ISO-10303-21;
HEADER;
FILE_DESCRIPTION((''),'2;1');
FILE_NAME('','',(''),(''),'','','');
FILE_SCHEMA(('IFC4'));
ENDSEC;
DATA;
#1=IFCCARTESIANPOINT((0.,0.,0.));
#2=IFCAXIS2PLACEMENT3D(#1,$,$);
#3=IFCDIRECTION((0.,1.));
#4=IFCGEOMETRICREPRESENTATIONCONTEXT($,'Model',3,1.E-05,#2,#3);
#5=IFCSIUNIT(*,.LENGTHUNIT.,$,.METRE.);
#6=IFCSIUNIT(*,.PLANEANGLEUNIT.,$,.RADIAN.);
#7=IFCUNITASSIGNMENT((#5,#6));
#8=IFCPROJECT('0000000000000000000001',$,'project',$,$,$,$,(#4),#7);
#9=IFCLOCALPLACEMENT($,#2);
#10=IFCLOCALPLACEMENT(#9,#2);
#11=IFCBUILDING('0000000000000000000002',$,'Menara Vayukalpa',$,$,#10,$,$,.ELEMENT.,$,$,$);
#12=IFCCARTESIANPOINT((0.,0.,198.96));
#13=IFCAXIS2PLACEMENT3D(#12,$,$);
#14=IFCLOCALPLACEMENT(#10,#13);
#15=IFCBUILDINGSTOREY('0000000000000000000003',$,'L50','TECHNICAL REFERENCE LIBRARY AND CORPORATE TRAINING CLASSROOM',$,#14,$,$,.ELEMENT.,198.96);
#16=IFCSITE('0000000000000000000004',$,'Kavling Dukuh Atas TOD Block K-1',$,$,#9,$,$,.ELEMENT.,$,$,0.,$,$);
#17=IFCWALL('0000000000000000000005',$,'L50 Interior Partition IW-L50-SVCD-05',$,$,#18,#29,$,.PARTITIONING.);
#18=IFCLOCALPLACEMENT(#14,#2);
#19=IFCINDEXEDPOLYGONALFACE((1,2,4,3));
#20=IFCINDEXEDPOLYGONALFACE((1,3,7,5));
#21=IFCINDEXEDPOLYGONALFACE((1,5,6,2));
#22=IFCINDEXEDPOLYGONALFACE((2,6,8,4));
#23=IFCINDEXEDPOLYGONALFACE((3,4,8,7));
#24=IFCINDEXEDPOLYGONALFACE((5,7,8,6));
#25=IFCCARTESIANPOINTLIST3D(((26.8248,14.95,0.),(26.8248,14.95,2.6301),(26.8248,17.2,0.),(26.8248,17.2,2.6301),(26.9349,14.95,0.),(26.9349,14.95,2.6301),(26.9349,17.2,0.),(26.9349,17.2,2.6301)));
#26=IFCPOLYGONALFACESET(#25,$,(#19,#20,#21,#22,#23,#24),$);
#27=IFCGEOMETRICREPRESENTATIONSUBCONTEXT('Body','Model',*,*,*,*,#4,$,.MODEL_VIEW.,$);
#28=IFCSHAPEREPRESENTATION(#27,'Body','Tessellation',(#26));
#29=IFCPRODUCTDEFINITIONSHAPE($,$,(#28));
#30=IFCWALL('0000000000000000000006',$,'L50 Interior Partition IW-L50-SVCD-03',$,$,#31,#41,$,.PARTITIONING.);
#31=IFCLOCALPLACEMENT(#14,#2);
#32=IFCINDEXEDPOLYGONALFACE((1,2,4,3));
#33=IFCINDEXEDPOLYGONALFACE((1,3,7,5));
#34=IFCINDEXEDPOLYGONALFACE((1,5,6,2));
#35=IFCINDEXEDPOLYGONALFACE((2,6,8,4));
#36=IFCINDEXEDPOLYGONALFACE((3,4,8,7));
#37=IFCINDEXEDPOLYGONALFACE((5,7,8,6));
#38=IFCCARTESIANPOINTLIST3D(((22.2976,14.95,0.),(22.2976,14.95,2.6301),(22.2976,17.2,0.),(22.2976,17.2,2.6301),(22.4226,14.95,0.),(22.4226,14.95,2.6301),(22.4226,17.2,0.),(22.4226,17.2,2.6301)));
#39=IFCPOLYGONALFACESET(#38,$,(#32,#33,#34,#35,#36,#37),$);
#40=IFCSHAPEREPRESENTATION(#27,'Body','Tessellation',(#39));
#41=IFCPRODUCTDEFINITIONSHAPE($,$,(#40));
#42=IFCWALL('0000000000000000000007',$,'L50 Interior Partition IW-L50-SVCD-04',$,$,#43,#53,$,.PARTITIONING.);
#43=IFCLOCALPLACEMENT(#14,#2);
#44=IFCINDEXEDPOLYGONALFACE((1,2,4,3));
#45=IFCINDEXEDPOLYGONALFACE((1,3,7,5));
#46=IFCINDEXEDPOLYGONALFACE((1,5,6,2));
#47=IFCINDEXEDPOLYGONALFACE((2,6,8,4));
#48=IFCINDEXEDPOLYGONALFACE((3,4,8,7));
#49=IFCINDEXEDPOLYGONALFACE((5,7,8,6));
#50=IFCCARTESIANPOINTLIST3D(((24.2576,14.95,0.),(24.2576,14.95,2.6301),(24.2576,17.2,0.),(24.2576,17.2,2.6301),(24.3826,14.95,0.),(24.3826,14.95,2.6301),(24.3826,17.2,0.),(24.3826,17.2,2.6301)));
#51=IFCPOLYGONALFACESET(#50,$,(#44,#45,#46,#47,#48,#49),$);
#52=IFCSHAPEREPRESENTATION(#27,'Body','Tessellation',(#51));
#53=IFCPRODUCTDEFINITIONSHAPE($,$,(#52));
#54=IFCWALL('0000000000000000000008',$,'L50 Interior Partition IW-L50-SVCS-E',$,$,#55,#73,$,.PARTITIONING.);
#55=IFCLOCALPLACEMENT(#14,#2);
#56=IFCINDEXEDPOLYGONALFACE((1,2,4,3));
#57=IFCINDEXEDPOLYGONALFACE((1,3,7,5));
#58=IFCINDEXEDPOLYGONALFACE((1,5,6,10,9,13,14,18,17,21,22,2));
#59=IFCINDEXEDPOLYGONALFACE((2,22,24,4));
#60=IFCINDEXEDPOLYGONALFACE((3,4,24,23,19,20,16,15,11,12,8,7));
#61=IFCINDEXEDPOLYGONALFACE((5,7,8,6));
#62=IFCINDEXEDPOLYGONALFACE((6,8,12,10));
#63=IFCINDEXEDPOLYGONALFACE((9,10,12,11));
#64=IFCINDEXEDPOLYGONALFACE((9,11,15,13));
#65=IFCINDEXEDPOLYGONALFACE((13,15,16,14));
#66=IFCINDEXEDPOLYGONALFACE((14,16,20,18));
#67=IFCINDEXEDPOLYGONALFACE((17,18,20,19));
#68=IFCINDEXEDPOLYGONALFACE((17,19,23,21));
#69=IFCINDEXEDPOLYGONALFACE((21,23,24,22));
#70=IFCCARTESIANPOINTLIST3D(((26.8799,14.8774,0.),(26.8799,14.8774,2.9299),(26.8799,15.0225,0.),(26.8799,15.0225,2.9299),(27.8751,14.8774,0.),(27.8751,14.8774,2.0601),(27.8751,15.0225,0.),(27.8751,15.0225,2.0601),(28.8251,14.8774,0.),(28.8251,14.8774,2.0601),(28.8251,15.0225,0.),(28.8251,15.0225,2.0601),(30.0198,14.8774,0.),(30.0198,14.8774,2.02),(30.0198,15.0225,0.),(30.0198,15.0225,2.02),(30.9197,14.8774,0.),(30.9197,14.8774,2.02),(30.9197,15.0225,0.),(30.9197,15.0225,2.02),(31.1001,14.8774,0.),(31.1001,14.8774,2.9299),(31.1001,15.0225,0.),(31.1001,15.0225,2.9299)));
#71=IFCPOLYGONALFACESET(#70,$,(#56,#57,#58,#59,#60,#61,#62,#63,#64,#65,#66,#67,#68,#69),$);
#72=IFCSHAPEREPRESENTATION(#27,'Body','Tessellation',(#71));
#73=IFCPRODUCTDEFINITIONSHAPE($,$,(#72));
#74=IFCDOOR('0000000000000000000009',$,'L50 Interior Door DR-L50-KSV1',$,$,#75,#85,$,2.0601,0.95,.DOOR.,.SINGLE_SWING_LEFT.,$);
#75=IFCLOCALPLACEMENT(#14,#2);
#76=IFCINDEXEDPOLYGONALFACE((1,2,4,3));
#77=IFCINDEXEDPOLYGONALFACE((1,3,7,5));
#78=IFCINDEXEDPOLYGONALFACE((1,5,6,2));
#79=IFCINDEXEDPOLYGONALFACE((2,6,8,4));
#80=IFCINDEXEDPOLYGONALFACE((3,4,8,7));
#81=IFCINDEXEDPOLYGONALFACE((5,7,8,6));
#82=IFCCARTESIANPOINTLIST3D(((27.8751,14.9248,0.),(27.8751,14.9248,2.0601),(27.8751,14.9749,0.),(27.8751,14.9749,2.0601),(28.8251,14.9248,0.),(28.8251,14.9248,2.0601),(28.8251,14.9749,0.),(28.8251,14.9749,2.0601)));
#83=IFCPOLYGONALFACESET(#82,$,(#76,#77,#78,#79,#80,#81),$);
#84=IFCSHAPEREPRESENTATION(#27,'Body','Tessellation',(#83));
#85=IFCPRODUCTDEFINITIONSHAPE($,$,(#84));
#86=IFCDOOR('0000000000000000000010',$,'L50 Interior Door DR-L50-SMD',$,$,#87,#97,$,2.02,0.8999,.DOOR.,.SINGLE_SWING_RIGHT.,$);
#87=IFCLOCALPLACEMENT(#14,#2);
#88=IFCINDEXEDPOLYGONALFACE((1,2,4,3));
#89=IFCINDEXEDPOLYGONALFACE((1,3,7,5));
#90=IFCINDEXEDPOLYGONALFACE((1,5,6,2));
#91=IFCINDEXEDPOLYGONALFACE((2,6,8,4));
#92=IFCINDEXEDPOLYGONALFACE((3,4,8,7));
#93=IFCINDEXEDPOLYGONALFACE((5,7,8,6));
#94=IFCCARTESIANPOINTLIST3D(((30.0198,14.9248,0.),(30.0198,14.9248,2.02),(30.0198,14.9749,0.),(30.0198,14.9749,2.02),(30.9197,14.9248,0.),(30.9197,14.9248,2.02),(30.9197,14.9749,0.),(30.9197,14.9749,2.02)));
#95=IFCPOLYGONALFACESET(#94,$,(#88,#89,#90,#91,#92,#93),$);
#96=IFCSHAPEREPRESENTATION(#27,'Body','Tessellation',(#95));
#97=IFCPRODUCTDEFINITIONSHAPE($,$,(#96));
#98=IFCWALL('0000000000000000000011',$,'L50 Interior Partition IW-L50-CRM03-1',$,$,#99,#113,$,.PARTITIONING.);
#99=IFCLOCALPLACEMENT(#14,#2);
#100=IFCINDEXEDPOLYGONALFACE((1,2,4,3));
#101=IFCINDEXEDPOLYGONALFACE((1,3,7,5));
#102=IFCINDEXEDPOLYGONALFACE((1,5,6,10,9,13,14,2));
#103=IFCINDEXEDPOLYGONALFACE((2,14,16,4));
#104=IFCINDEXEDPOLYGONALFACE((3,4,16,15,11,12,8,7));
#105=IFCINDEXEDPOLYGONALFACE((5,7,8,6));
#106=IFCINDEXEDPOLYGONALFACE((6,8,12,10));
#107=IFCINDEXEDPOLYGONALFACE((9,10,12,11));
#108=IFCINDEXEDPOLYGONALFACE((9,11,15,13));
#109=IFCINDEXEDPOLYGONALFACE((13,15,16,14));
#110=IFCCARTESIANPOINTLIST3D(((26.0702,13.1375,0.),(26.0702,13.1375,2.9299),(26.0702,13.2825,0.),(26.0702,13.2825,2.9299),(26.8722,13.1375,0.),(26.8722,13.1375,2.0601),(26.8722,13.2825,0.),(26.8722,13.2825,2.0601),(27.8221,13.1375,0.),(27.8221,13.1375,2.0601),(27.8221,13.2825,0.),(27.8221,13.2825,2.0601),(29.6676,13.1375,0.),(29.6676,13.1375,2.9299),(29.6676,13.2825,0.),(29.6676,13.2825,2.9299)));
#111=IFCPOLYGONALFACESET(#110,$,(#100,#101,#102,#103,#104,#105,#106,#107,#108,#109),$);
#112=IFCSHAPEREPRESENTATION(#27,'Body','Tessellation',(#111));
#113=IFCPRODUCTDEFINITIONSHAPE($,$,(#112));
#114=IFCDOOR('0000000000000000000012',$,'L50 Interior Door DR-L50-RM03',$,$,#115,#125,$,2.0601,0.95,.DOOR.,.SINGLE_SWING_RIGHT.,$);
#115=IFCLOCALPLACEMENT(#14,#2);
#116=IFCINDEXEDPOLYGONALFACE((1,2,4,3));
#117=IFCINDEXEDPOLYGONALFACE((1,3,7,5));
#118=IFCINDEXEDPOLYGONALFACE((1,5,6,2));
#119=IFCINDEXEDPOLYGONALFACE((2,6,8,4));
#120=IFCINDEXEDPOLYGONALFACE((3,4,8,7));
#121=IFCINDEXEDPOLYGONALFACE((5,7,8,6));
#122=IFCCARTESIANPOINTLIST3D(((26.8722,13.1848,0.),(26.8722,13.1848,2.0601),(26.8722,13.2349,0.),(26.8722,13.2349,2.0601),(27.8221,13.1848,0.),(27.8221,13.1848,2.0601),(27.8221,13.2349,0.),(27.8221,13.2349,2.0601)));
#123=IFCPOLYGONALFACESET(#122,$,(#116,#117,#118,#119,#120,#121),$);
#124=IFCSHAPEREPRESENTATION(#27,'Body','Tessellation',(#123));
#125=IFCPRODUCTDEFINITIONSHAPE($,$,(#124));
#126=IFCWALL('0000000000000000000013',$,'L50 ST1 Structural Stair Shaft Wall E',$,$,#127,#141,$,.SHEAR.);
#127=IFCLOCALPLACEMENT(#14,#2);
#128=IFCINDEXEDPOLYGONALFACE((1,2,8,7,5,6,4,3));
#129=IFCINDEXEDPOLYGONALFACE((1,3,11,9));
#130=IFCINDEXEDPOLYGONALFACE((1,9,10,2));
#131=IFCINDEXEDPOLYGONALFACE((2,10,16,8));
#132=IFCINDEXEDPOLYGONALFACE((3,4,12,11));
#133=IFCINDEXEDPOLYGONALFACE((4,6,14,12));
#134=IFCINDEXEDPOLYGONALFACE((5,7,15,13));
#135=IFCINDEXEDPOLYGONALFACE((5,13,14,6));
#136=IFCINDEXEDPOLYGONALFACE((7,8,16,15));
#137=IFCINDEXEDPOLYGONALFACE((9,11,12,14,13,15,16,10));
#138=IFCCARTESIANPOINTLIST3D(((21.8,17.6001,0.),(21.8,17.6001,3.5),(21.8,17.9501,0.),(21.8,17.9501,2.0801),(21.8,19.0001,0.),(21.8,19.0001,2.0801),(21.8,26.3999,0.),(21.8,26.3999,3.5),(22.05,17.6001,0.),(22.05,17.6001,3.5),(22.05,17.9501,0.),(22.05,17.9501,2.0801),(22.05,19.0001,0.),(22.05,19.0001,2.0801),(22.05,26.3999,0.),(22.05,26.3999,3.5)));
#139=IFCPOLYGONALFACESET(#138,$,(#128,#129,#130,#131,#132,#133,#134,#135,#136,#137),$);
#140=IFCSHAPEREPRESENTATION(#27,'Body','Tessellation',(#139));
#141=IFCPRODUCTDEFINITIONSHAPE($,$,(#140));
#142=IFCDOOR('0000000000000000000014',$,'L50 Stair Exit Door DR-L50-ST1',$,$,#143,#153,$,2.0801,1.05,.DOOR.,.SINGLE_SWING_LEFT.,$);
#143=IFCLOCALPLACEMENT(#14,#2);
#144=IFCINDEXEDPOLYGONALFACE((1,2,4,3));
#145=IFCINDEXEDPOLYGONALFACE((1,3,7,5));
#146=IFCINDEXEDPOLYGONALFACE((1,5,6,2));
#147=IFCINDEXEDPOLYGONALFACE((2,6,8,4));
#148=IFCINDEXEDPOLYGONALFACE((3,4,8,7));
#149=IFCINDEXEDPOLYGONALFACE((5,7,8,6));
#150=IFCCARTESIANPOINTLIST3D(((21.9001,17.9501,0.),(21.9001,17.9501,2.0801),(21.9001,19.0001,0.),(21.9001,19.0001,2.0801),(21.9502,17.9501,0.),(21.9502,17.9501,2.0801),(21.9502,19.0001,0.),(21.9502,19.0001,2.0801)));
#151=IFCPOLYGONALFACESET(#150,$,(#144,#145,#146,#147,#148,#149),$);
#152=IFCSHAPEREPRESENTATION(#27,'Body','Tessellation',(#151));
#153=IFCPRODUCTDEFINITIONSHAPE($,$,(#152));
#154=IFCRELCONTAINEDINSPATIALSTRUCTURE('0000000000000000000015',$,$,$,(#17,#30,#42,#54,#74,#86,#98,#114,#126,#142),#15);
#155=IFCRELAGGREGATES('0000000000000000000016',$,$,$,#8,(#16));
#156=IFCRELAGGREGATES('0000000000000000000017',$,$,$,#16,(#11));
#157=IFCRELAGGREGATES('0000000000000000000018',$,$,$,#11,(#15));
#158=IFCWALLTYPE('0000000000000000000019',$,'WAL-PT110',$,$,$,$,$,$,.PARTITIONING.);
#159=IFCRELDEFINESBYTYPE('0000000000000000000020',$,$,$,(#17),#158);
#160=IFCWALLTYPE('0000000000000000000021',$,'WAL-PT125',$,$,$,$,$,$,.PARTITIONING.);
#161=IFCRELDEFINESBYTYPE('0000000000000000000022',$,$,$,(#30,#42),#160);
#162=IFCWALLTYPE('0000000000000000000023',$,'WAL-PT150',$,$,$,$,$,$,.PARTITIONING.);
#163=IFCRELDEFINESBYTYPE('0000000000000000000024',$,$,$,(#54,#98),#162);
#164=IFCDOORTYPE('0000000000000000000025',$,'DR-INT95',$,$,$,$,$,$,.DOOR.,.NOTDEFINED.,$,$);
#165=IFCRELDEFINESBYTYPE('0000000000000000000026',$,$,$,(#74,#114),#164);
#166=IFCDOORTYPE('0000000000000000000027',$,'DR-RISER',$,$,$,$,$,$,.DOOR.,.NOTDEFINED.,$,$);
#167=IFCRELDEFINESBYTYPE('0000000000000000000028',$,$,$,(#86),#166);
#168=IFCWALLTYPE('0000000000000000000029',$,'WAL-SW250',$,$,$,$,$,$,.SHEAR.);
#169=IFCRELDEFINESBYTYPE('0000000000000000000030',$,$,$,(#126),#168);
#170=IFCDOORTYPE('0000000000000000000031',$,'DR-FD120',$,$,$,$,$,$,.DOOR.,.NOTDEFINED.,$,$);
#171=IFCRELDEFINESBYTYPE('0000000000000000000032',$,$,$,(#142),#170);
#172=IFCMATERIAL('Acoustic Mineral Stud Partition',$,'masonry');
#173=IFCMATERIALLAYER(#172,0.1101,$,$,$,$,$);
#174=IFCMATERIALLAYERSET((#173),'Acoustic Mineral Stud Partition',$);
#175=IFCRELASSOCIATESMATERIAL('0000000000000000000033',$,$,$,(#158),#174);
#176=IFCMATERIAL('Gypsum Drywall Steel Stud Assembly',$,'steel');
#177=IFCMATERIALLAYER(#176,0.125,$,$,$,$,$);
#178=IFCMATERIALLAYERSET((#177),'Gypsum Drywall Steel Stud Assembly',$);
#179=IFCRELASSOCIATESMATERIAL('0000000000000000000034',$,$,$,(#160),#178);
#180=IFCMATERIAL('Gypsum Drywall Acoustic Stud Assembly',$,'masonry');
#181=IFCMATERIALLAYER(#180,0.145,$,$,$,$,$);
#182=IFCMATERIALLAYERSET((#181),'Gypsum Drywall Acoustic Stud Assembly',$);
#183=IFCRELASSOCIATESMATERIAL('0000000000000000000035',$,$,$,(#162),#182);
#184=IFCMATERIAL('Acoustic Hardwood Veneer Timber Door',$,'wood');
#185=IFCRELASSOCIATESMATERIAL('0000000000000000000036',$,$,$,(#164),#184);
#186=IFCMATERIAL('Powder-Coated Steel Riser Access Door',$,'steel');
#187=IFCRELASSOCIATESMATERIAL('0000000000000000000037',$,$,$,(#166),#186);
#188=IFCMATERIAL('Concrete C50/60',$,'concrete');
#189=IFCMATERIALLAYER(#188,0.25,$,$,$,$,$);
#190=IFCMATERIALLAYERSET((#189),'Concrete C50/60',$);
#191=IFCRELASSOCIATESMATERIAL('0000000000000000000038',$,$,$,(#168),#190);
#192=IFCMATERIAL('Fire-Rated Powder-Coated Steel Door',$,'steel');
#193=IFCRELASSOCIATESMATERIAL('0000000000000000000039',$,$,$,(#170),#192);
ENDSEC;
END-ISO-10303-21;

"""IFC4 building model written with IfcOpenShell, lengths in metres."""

from ifc_helpers import new_model, si_unit, direction, frame, frame_2d, origin, place, context, subcontext, project, spatial, rectangle, extrude, material, layer, layer_set, type_object, element, fill, save


model = new_model("IFC4")

# Units and contexts
model_context = context("Model", 3, precision=1e-05, world=origin(), true_north=direction((0.0, 1.0)))
body_context = subcontext(model_context, "Body", "Model", "MODEL_VIEW")
ifc_project = project(units=[si_unit("LENGTHUNIT", "METRE"), si_unit("PLANEANGLEUNIT", "RADIAN")], contexts=[model_context])

# Site, building, storey
site_placement = place(None, origin())
site = spatial("IfcSite", under=ifc_project, at=site_placement, Name="Kavling Dukuh Atas TOD Block K-1", CompositionType="ELEMENT", RefElevation=0.0)
building_placement = place(site_placement, origin())
building = spatial("IfcBuilding", under=site, at=building_placement, Name="Menara Vayukalpa", CompositionType="ELEMENT")
storey_placement = place(building_placement, frame((0.0, 0.0, 198.96)))
storey = spatial("IfcBuildingStorey", under=building, at=storey_placement, Name="L50", Description="TECHNICAL REFERENCE LIBRARY AND CORPORATE TRAINING CLASSROOM", CompositionType="ELEMENT", Elevation=198.96)

# Walls
ifc_material_1 = material(Name="Acoustic Mineral Stud Partition", Category="masonry")
ifc_layer_1 = layer(ifc_material_1, 0.1101)
ifc_layer_set_1 = layer_set([ifc_layer_1], Name="Acoustic Mineral Stud Partition")
wall_type_1 = type_object("IfcWallType", Name="WAL-PT110", PredefinedType="PARTITIONING", material=ifc_layer_set_1)
wall_1_placement = place(storey_placement, frame((26.8799, 14.95, 0.0), z_axis=(0.0, 0.0, 1.0), x_axis=(0.0, 1.0, 0.0)))
element("IfcWall", 1, at=wall_1_placement, inside=storey, type_object=wall_type_1, Name="L50 Interior Partition IW-L50-SVCD-05", PredefinedType="PARTITIONING", context=body_context, shape_type="SweptSolid", body=[
    extrude(rectangle(XDim=2.25, YDim=0.1101, at=frame_2d((1.125, 0.0))), origin(), (0.0, 0.0, 1.0), 2.6301),
])
ifc_material_2 = material(Name="Gypsum Drywall Steel Stud Assembly", Category="steel")
ifc_layer_2 = layer(ifc_material_2, 0.125)
ifc_layer_set_2 = layer_set([ifc_layer_2], Name="Gypsum Drywall Steel Stud Assembly")
wall_type_2 = type_object("IfcWallType", Name="WAL-PT125", PredefinedType="PARTITIONING", material=ifc_layer_set_2)
for number, where, z_axis, x_axis, name in (
    (2, (22.3601, 14.95, 0.0), (0.0, 0.0, 1.0), (0.0, 1.0, 0.0), "L50 Interior Partition IW-L50-SVCD-03"),
    (3, (24.3201, 14.95, 0.0), (0.0, 0.0, 1.0), (0.0, 1.0, 0.0), "L50 Interior Partition IW-L50-SVCD-04"),
):
    element("IfcWall", number, at=place(storey_placement, frame(where, z_axis=z_axis, x_axis=x_axis)), inside=storey, type_object=wall_type_2, Name=name, PredefinedType="PARTITIONING", context=body_context, shape_type="SweptSolid", body=[
        extrude(rectangle(XDim=2.25, YDim=0.125, at=frame_2d((1.125, 0.0))), origin(), (0.0, 0.0, 1.0), 2.6301),
    ])

# Wall, openings, doors
ifc_material_3 = material(Name="Gypsum Drywall Acoustic Stud Assembly", Category="masonry")
ifc_layer_3 = layer(ifc_material_3, 0.145)
ifc_layer_set_3 = layer_set([ifc_layer_3], Name="Gypsum Drywall Acoustic Stud Assembly")
wall_type_3 = type_object("IfcWallType", Name="WAL-PT150", PredefinedType="PARTITIONING", material=ifc_layer_set_3)
wall_2_placement = place(storey_placement, frame((26.8799, 14.95, 0.0), z_axis=(0.0, 0.0, 1.0), x_axis=(1.0, 0.0, 0.0)))
wall_2 = element("IfcWall", 4, at=wall_2_placement, inside=storey, type_object=wall_type_3, Name="L50 Interior Partition IW-L50-SVCS-E", PredefinedType="PARTITIONING", context=body_context, shape_type="SweptSolid", body=[
    extrude(rectangle(XDim=4.2202, YDim=0.145, at=frame_2d((2.1101, 0.0))), origin(), (0.0, 0.0, 1.0), 2.9299),
])
opening_1_placement = place(wall_2_placement, frame((0.9951, 0.0, 0.0)))
opening_1 = element("IfcOpeningElement", 5, at=opening_1_placement, cuts=wall_2, PredefinedType="OPENING", context=body_context, shape_type="SweptSolid", body=[
    extrude(rectangle(XDim=0.95, YDim=2.0601, at=frame_2d((0.4751, 1.03))), frame((0.0, 0.0825, 0.0), z_axis=(0.0, -1.0, 0.0), x_axis=(1.0, 0.0, 0.0)), (0.0, 0.0, 1.0), 0.165),
])
opening_2_placement = place(wall_2_placement, frame((3.1399, 0.0, 0.0)))
opening_2 = element("IfcOpeningElement", 6, at=opening_2_placement, cuts=wall_2, PredefinedType="OPENING", context=body_context, shape_type="SweptSolid", body=[
    extrude(rectangle(XDim=0.8999, YDim=2.02, at=frame_2d((0.45, 1.01))), frame((0.0, 0.0825, 0.0), z_axis=(0.0, -1.0, 0.0), x_axis=(1.0, 0.0, 0.0)), (0.0, 0.0, 1.0), 0.165),
])
ifc_material_4 = material(Name="Acoustic Hardwood Veneer Timber Door", Category="wood")
door_type_1 = type_object("IfcDoorType", Name="DR-INT95", OperationType="NOTDEFINED", PredefinedType="DOOR", material=ifc_material_4)
door_1_placement = place(opening_1_placement, origin())
door_1 = element("IfcDoor", 7, at=door_1_placement, inside=storey, type_object=door_type_1, Name="L50 Interior Door DR-L50-KSV1", OperationType="SINGLE_SWING_LEFT", OverallHeight=2.0601, OverallWidth=0.95, PredefinedType="DOOR", context=body_context, shape_type="SweptSolid", body=[
    extrude(rectangle(XDim=0.95, YDim=2.0601, at=frame_2d((0.4751, 1.03))), frame((0.0, 0.0249, 0.0), z_axis=(0.0, -1.0, 0.0), x_axis=(1.0, 0.0, 0.0)), (0.0, 0.0, 1.0), 0.05),
])
fill(opening_1, door_1)
ifc_material_5 = material(Name="Powder-Coated Steel Riser Access Door", Category="steel")
door_type_2 = type_object("IfcDoorType", Name="DR-RISER", OperationType="NOTDEFINED", PredefinedType="DOOR", material=ifc_material_5)
door_2_placement = place(opening_2_placement, origin())
door_2 = element("IfcDoor", 8, at=door_2_placement, inside=storey, type_object=door_type_2, Name="L50 Interior Door DR-L50-SMD", OperationType="SINGLE_SWING_RIGHT", OverallHeight=2.02, OverallWidth=0.8999, PredefinedType="DOOR", context=body_context, shape_type="SweptSolid", body=[
    extrude(rectangle(XDim=0.8999, YDim=2.02, at=frame_2d((0.45, 1.01))), frame((0.0, 0.0249, 0.0), z_axis=(0.0, -1.0, 0.0), x_axis=(1.0, 0.0, 0.0)), (0.0, 0.0, 1.0), 0.05),
])
fill(opening_2, door_2)

# Walls, openings, doors
wall_3_placement = place(storey_placement, frame((26.0701, 13.21, 0.0), z_axis=(0.0, 0.0, 1.0), x_axis=(1.0, 0.0, 0.0)))
wall_3 = element("IfcWall", 9, at=wall_3_placement, inside=storey, type_object=wall_type_3, Name="L50 Interior Partition IW-L50-CRM03-1", PredefinedType="PARTITIONING", context=body_context, shape_type="SweptSolid", body=[
    extrude(rectangle(XDim=3.5974, YDim=0.145, at=frame_2d((1.7988, 0.0))), origin(), (0.0, 0.0, 1.0), 2.9299),
])
opening_3_placement = place(wall_3_placement, frame((0.802, 0.0, 0.0)))
opening_3 = element("IfcOpeningElement", 10, at=opening_3_placement, cuts=wall_3, PredefinedType="OPENING", context=body_context, shape_type="SweptSolid", body=[
    extrude(rectangle(XDim=0.95, YDim=2.0601, at=frame_2d((0.4751, 1.03))), frame((0.0, 0.0825, 0.0), z_axis=(0.0, -1.0, 0.0), x_axis=(1.0, 0.0, 0.0)), (0.0, 0.0, 1.0), 0.165),
])
door_3_placement = place(opening_3_placement, origin())
door_3 = element("IfcDoor", 11, at=door_3_placement, inside=storey, type_object=door_type_1, Name="L50 Interior Door DR-L50-RM03", OperationType="SINGLE_SWING_RIGHT", OverallHeight=2.0601, OverallWidth=0.95, PredefinedType="DOOR", context=body_context, shape_type="SweptSolid", body=[
    extrude(rectangle(XDim=0.95, YDim=2.0601, at=frame_2d((0.4751, 1.03))), frame((0.0, 0.0249, 0.0), z_axis=(0.0, -1.0, 0.0), x_axis=(1.0, 0.0, 0.0)), (0.0, 0.0, 1.0), 0.05),
])
fill(opening_3, door_3)
ifc_material_6 = material(Name="Concrete C50/60", Category="concrete")
ifc_layer_4 = layer(ifc_material_6, 0.25)
ifc_layer_set_4 = layer_set([ifc_layer_4], Name="Concrete C50/60")
wall_type_4 = type_object("IfcWallType", Name="WAL-SW250", PredefinedType="SHEAR", material=ifc_layer_set_4)
wall_4_placement = place(storey_placement, frame((21.925, 17.6001, 0.0), z_axis=(0.0, 0.0, 1.0), x_axis=(0.0, 1.0, 0.0)))
wall_4 = element("IfcWall", 12, at=wall_4_placement, inside=storey, type_object=wall_type_4, Name="L50 ST1 Structural Stair Shaft Wall E", PredefinedType="SHEAR", context=body_context, shape_type="SweptSolid", body=[
    extrude(rectangle(XDim=8.7998, YDim=0.25, at=frame_2d((4.3999, 0.0))), origin(), (0.0, 0.0, 1.0), 3.5),
])
opening_4_placement = place(wall_4_placement, frame((0.3501, 0.0, 0.0)))
opening_4 = element("IfcOpeningElement", 13, at=opening_4_placement, cuts=wall_4, PredefinedType="OPENING", context=body_context, shape_type="SweptSolid", body=[
    extrude(rectangle(XDim=1.05, YDim=2.0801, at=frame_2d((0.5249, 1.04))), frame((0.0, 0.135, 0.0), z_axis=(0.0, -1.0, 0.0), x_axis=(1.0, 0.0, 0.0)), (0.0, 0.0, 1.0), 0.27),
])
ifc_material_7 = material(Name="Fire-Rated Powder-Coated Steel Door", Category="steel")
door_type_3 = type_object("IfcDoorType", Name="DR-FD120", OperationType="NOTDEFINED", PredefinedType="DOOR", material=ifc_material_7)
door_4_placement = place(opening_4_placement, origin())
door_4 = element("IfcDoor", 14, at=door_4_placement, inside=storey, type_object=door_type_3, Name="L50 Stair Exit Door DR-L50-ST1", OperationType="SINGLE_SWING_LEFT", OverallHeight=2.0801, OverallWidth=1.05, PredefinedType="DOOR", context=body_context, shape_type="SweptSolid", body=[
    extrude(rectangle(XDim=1.05, YDim=2.0801, at=frame_2d((0.5249, 1.04))), frame((0.0, 0.0249, 0.0), z_axis=(0.0, -1.0, 0.0), x_axis=(1.0, 0.0, 0.0)), (0.0, 0.0, 1.0), 0.05),
])
fill(opening_4, door_4)

save(model, "model.ifc")
